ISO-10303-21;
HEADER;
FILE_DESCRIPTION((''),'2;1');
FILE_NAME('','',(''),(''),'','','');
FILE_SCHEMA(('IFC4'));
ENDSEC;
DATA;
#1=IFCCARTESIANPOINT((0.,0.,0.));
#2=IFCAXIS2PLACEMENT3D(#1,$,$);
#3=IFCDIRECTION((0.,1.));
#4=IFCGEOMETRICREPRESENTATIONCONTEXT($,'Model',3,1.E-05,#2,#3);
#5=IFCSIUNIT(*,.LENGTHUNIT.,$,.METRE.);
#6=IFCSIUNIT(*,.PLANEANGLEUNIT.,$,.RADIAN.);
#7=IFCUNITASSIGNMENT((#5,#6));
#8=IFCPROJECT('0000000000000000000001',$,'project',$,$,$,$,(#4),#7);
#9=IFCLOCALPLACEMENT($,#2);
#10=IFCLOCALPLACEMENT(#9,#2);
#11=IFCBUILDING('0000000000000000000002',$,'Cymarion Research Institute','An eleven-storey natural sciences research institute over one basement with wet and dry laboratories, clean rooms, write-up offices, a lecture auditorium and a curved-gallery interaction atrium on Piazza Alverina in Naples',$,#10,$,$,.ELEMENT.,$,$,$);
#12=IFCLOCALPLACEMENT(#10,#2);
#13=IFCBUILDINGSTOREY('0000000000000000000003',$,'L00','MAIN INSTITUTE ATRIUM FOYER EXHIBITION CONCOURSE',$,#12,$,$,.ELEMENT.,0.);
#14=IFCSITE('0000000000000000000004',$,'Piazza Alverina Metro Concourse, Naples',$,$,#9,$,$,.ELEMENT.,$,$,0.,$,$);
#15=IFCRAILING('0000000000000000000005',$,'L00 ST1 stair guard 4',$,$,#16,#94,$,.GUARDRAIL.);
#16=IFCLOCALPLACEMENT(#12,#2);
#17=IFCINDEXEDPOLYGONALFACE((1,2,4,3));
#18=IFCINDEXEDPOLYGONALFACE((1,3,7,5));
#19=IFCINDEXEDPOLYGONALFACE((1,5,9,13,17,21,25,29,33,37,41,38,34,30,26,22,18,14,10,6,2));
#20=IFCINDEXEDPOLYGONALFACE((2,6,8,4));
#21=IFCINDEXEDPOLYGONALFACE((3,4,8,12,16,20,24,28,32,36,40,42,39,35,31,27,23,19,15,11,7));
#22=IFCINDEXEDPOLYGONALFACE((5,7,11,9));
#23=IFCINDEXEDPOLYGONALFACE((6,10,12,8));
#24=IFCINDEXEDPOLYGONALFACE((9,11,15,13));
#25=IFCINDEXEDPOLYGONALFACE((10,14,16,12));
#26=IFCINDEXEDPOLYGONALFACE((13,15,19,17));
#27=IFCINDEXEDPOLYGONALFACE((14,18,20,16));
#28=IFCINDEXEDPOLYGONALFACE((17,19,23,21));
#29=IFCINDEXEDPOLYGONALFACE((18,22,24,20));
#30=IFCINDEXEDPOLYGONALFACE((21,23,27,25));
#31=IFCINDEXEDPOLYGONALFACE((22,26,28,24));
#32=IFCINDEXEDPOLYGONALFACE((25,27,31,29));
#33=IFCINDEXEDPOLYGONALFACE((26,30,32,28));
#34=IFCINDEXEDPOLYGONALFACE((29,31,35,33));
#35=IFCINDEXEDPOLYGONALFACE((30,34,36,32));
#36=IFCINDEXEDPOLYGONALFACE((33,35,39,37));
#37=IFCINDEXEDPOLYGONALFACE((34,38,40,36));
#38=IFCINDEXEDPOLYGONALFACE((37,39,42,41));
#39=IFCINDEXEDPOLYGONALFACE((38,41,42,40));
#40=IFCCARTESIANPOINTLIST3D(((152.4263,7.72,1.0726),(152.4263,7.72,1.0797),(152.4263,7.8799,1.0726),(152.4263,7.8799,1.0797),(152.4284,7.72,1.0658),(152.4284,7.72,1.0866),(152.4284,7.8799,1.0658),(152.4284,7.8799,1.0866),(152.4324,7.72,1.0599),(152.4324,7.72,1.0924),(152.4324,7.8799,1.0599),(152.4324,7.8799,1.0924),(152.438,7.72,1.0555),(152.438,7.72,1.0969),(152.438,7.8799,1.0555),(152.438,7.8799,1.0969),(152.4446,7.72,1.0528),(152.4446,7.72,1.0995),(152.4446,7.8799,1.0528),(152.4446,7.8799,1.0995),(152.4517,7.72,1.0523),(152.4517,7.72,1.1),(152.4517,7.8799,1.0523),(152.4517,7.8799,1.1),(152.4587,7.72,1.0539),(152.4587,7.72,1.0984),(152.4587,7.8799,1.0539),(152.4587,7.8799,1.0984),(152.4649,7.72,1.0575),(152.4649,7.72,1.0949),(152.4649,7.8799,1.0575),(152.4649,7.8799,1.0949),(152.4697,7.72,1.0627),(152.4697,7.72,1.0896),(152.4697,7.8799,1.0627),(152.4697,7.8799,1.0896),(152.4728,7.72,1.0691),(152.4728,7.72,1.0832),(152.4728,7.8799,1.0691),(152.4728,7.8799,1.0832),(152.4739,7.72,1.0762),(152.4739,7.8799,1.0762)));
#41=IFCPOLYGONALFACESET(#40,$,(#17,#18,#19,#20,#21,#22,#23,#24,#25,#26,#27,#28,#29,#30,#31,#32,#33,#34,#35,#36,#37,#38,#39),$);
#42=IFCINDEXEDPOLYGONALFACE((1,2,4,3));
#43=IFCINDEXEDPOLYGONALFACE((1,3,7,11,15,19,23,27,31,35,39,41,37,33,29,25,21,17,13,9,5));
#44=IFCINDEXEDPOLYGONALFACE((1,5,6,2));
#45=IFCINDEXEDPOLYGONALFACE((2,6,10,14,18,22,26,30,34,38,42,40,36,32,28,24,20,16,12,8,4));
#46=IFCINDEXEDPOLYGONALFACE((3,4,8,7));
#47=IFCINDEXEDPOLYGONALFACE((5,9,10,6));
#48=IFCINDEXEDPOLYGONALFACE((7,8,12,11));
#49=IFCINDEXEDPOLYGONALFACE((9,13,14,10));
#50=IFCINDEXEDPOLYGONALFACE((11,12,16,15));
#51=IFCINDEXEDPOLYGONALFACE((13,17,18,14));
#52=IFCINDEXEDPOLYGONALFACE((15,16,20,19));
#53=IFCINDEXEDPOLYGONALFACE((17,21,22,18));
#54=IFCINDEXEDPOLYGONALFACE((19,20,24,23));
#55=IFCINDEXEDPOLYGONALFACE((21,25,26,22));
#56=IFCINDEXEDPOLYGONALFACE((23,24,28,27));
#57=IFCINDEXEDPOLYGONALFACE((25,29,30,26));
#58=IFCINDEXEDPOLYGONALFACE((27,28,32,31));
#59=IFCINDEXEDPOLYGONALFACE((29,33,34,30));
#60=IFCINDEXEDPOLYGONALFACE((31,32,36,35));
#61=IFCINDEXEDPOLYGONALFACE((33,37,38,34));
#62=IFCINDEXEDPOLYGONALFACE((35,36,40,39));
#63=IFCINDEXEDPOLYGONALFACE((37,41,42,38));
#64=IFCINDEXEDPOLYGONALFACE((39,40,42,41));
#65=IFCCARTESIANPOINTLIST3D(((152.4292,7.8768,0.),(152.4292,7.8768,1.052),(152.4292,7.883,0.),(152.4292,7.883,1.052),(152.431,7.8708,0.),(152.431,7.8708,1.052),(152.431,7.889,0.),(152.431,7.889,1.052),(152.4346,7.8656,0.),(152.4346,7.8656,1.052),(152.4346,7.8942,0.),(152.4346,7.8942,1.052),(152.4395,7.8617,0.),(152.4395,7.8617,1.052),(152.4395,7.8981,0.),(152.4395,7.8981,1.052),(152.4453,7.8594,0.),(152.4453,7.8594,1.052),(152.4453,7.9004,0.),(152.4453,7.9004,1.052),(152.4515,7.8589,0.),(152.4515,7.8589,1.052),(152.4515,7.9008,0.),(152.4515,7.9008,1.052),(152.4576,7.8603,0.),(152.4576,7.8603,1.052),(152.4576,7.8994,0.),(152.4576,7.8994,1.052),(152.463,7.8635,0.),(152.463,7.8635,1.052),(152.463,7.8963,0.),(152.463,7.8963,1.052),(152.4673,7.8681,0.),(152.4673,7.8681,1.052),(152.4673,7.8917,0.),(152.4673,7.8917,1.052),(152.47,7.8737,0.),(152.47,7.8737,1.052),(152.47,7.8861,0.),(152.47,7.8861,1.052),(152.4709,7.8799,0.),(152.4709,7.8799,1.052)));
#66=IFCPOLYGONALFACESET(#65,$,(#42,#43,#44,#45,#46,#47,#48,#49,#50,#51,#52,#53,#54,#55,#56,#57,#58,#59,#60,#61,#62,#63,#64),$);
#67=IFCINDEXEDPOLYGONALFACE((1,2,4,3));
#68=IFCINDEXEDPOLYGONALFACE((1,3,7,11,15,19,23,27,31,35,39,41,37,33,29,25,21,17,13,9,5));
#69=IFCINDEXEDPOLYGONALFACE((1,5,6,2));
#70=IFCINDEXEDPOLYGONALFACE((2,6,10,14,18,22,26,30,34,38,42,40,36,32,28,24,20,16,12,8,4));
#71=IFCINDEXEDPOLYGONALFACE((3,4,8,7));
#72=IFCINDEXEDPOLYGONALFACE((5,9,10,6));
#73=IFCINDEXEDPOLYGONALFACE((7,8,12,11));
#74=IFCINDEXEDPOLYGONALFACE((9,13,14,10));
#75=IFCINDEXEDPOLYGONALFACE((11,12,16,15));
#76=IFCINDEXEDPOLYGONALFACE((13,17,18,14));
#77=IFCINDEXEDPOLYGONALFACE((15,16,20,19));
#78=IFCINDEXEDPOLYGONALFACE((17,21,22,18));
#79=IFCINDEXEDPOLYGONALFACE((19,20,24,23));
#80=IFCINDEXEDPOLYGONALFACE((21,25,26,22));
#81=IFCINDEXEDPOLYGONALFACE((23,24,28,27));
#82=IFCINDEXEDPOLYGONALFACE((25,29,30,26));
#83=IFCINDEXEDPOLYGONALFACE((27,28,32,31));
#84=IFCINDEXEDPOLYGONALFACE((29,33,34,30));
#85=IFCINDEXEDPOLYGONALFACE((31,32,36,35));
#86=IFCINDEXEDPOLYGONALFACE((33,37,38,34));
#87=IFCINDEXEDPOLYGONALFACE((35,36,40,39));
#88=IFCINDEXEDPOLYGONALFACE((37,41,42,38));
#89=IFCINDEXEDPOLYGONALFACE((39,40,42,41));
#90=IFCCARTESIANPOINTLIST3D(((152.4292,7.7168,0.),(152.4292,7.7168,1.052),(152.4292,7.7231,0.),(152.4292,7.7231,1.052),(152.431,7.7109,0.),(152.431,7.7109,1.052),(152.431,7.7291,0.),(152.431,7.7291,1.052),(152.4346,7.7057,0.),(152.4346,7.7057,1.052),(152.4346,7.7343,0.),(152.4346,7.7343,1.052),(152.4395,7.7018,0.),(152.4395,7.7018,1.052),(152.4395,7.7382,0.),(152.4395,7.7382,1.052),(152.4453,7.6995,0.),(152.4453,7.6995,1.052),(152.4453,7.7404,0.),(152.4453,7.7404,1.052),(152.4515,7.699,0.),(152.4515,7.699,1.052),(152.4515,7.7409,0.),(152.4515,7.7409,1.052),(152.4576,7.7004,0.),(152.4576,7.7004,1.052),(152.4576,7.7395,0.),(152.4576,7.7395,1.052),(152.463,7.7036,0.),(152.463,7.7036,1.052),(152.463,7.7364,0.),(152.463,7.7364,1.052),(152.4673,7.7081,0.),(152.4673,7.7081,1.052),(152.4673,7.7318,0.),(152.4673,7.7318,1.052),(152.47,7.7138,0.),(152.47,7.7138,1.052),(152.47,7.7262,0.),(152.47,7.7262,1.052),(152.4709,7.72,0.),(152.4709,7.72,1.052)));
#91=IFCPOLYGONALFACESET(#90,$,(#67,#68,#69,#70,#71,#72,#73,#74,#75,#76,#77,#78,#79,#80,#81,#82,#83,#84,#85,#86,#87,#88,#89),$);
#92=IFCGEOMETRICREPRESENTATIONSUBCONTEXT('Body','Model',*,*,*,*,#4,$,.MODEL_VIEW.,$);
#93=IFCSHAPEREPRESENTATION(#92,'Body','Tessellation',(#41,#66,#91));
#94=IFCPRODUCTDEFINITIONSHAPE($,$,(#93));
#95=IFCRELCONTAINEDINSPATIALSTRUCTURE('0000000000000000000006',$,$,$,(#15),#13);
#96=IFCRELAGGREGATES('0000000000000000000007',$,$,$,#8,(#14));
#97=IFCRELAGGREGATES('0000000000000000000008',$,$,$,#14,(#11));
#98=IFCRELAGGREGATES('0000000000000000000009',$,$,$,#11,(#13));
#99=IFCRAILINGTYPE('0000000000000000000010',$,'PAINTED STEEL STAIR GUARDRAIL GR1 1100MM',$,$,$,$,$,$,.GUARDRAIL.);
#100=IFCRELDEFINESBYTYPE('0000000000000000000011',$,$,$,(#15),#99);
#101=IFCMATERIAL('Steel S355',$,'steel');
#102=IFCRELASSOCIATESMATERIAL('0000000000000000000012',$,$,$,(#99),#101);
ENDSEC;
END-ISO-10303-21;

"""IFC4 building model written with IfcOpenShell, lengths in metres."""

from ifc_helpers import new_model, si_unit, direction, frame, origin, origin_2d, place, context, subcontext, project, spatial, circle, extrude, material, type_object, element, save


model = new_model("IFC4")

# Units and contexts
model_context = context("Model", 3, precision=1e-05, world=origin(), true_north=direction((0.0, 1.0)))
body_context = subcontext(model_context, "Body", "Model", "MODEL_VIEW")
ifc_project = project(units=[si_unit("LENGTHUNIT", "METRE"), si_unit("PLANEANGLEUNIT", "RADIAN")], contexts=[model_context])

# Site, building, storey
site_placement = place(None, origin())
site = spatial("IfcSite", under=ifc_project, at=site_placement, Name="Piazza Alverina Metro Concourse, Naples", CompositionType="ELEMENT", RefElevation=0.0)
building_placement = place(site_placement, origin())
building = spatial("IfcBuilding", under=site, at=building_placement, Name="Cymarion Research Institute", Description="An eleven-storey natural sciences research institute over one basement with wet and dry laboratories, clean rooms, write-up offices, a lecture auditorium and a curved-gallery interaction atrium on Piazza Alverina in Naples", CompositionType="ELEMENT")
storey_placement = place(building_placement, origin())
storey = spatial("IfcBuildingStorey", under=building, at=storey_placement, Name="L00", Description="MAIN INSTITUTE ATRIUM FOYER EXHIBITION CONCOURSE", CompositionType="ELEMENT", Elevation=0.0)

# Shared definitions
ifc_material_1 = material(Name="Steel S355", Category="steel")

# Railing
railing_type_1 = type_object("IfcRailingType", Name="PAINTED STEEL STAIR GUARDRAIL GR1 1100MM", PredefinedType="GUARDRAIL", material=ifc_material_1)
railing_1_placement = place(storey_placement, frame((152.45, 7.8799, 0.0)))
element("IfcRailing", 1, at=railing_1_placement, inside=storey, type_object=railing_type_1, Name="L00 ST1 stair guard 4", PredefinedType="GUARDRAIL", context=body_context, shape_type="SweptSolid", body=[
    extrude(circle(Radius=0.0239, at=origin_2d()), frame((0.0, 0.0, 1.0762), z_axis=(0.0, -1.0, 0.0), x_axis=(1.0, 0.0, 0.0)), (0.0, 0.0, 1.0), 0.1599),
    extrude(circle(Radius=0.021, at=origin_2d()), origin(), (0.0, 0.0, 1.0), 1.052),
    extrude(circle(Radius=0.021, at=origin_2d()), frame((0.0, -0.1599, 0.0)), (0.0, 0.0, 1.0), 1.052),
])

save(model, "model.ifc")
